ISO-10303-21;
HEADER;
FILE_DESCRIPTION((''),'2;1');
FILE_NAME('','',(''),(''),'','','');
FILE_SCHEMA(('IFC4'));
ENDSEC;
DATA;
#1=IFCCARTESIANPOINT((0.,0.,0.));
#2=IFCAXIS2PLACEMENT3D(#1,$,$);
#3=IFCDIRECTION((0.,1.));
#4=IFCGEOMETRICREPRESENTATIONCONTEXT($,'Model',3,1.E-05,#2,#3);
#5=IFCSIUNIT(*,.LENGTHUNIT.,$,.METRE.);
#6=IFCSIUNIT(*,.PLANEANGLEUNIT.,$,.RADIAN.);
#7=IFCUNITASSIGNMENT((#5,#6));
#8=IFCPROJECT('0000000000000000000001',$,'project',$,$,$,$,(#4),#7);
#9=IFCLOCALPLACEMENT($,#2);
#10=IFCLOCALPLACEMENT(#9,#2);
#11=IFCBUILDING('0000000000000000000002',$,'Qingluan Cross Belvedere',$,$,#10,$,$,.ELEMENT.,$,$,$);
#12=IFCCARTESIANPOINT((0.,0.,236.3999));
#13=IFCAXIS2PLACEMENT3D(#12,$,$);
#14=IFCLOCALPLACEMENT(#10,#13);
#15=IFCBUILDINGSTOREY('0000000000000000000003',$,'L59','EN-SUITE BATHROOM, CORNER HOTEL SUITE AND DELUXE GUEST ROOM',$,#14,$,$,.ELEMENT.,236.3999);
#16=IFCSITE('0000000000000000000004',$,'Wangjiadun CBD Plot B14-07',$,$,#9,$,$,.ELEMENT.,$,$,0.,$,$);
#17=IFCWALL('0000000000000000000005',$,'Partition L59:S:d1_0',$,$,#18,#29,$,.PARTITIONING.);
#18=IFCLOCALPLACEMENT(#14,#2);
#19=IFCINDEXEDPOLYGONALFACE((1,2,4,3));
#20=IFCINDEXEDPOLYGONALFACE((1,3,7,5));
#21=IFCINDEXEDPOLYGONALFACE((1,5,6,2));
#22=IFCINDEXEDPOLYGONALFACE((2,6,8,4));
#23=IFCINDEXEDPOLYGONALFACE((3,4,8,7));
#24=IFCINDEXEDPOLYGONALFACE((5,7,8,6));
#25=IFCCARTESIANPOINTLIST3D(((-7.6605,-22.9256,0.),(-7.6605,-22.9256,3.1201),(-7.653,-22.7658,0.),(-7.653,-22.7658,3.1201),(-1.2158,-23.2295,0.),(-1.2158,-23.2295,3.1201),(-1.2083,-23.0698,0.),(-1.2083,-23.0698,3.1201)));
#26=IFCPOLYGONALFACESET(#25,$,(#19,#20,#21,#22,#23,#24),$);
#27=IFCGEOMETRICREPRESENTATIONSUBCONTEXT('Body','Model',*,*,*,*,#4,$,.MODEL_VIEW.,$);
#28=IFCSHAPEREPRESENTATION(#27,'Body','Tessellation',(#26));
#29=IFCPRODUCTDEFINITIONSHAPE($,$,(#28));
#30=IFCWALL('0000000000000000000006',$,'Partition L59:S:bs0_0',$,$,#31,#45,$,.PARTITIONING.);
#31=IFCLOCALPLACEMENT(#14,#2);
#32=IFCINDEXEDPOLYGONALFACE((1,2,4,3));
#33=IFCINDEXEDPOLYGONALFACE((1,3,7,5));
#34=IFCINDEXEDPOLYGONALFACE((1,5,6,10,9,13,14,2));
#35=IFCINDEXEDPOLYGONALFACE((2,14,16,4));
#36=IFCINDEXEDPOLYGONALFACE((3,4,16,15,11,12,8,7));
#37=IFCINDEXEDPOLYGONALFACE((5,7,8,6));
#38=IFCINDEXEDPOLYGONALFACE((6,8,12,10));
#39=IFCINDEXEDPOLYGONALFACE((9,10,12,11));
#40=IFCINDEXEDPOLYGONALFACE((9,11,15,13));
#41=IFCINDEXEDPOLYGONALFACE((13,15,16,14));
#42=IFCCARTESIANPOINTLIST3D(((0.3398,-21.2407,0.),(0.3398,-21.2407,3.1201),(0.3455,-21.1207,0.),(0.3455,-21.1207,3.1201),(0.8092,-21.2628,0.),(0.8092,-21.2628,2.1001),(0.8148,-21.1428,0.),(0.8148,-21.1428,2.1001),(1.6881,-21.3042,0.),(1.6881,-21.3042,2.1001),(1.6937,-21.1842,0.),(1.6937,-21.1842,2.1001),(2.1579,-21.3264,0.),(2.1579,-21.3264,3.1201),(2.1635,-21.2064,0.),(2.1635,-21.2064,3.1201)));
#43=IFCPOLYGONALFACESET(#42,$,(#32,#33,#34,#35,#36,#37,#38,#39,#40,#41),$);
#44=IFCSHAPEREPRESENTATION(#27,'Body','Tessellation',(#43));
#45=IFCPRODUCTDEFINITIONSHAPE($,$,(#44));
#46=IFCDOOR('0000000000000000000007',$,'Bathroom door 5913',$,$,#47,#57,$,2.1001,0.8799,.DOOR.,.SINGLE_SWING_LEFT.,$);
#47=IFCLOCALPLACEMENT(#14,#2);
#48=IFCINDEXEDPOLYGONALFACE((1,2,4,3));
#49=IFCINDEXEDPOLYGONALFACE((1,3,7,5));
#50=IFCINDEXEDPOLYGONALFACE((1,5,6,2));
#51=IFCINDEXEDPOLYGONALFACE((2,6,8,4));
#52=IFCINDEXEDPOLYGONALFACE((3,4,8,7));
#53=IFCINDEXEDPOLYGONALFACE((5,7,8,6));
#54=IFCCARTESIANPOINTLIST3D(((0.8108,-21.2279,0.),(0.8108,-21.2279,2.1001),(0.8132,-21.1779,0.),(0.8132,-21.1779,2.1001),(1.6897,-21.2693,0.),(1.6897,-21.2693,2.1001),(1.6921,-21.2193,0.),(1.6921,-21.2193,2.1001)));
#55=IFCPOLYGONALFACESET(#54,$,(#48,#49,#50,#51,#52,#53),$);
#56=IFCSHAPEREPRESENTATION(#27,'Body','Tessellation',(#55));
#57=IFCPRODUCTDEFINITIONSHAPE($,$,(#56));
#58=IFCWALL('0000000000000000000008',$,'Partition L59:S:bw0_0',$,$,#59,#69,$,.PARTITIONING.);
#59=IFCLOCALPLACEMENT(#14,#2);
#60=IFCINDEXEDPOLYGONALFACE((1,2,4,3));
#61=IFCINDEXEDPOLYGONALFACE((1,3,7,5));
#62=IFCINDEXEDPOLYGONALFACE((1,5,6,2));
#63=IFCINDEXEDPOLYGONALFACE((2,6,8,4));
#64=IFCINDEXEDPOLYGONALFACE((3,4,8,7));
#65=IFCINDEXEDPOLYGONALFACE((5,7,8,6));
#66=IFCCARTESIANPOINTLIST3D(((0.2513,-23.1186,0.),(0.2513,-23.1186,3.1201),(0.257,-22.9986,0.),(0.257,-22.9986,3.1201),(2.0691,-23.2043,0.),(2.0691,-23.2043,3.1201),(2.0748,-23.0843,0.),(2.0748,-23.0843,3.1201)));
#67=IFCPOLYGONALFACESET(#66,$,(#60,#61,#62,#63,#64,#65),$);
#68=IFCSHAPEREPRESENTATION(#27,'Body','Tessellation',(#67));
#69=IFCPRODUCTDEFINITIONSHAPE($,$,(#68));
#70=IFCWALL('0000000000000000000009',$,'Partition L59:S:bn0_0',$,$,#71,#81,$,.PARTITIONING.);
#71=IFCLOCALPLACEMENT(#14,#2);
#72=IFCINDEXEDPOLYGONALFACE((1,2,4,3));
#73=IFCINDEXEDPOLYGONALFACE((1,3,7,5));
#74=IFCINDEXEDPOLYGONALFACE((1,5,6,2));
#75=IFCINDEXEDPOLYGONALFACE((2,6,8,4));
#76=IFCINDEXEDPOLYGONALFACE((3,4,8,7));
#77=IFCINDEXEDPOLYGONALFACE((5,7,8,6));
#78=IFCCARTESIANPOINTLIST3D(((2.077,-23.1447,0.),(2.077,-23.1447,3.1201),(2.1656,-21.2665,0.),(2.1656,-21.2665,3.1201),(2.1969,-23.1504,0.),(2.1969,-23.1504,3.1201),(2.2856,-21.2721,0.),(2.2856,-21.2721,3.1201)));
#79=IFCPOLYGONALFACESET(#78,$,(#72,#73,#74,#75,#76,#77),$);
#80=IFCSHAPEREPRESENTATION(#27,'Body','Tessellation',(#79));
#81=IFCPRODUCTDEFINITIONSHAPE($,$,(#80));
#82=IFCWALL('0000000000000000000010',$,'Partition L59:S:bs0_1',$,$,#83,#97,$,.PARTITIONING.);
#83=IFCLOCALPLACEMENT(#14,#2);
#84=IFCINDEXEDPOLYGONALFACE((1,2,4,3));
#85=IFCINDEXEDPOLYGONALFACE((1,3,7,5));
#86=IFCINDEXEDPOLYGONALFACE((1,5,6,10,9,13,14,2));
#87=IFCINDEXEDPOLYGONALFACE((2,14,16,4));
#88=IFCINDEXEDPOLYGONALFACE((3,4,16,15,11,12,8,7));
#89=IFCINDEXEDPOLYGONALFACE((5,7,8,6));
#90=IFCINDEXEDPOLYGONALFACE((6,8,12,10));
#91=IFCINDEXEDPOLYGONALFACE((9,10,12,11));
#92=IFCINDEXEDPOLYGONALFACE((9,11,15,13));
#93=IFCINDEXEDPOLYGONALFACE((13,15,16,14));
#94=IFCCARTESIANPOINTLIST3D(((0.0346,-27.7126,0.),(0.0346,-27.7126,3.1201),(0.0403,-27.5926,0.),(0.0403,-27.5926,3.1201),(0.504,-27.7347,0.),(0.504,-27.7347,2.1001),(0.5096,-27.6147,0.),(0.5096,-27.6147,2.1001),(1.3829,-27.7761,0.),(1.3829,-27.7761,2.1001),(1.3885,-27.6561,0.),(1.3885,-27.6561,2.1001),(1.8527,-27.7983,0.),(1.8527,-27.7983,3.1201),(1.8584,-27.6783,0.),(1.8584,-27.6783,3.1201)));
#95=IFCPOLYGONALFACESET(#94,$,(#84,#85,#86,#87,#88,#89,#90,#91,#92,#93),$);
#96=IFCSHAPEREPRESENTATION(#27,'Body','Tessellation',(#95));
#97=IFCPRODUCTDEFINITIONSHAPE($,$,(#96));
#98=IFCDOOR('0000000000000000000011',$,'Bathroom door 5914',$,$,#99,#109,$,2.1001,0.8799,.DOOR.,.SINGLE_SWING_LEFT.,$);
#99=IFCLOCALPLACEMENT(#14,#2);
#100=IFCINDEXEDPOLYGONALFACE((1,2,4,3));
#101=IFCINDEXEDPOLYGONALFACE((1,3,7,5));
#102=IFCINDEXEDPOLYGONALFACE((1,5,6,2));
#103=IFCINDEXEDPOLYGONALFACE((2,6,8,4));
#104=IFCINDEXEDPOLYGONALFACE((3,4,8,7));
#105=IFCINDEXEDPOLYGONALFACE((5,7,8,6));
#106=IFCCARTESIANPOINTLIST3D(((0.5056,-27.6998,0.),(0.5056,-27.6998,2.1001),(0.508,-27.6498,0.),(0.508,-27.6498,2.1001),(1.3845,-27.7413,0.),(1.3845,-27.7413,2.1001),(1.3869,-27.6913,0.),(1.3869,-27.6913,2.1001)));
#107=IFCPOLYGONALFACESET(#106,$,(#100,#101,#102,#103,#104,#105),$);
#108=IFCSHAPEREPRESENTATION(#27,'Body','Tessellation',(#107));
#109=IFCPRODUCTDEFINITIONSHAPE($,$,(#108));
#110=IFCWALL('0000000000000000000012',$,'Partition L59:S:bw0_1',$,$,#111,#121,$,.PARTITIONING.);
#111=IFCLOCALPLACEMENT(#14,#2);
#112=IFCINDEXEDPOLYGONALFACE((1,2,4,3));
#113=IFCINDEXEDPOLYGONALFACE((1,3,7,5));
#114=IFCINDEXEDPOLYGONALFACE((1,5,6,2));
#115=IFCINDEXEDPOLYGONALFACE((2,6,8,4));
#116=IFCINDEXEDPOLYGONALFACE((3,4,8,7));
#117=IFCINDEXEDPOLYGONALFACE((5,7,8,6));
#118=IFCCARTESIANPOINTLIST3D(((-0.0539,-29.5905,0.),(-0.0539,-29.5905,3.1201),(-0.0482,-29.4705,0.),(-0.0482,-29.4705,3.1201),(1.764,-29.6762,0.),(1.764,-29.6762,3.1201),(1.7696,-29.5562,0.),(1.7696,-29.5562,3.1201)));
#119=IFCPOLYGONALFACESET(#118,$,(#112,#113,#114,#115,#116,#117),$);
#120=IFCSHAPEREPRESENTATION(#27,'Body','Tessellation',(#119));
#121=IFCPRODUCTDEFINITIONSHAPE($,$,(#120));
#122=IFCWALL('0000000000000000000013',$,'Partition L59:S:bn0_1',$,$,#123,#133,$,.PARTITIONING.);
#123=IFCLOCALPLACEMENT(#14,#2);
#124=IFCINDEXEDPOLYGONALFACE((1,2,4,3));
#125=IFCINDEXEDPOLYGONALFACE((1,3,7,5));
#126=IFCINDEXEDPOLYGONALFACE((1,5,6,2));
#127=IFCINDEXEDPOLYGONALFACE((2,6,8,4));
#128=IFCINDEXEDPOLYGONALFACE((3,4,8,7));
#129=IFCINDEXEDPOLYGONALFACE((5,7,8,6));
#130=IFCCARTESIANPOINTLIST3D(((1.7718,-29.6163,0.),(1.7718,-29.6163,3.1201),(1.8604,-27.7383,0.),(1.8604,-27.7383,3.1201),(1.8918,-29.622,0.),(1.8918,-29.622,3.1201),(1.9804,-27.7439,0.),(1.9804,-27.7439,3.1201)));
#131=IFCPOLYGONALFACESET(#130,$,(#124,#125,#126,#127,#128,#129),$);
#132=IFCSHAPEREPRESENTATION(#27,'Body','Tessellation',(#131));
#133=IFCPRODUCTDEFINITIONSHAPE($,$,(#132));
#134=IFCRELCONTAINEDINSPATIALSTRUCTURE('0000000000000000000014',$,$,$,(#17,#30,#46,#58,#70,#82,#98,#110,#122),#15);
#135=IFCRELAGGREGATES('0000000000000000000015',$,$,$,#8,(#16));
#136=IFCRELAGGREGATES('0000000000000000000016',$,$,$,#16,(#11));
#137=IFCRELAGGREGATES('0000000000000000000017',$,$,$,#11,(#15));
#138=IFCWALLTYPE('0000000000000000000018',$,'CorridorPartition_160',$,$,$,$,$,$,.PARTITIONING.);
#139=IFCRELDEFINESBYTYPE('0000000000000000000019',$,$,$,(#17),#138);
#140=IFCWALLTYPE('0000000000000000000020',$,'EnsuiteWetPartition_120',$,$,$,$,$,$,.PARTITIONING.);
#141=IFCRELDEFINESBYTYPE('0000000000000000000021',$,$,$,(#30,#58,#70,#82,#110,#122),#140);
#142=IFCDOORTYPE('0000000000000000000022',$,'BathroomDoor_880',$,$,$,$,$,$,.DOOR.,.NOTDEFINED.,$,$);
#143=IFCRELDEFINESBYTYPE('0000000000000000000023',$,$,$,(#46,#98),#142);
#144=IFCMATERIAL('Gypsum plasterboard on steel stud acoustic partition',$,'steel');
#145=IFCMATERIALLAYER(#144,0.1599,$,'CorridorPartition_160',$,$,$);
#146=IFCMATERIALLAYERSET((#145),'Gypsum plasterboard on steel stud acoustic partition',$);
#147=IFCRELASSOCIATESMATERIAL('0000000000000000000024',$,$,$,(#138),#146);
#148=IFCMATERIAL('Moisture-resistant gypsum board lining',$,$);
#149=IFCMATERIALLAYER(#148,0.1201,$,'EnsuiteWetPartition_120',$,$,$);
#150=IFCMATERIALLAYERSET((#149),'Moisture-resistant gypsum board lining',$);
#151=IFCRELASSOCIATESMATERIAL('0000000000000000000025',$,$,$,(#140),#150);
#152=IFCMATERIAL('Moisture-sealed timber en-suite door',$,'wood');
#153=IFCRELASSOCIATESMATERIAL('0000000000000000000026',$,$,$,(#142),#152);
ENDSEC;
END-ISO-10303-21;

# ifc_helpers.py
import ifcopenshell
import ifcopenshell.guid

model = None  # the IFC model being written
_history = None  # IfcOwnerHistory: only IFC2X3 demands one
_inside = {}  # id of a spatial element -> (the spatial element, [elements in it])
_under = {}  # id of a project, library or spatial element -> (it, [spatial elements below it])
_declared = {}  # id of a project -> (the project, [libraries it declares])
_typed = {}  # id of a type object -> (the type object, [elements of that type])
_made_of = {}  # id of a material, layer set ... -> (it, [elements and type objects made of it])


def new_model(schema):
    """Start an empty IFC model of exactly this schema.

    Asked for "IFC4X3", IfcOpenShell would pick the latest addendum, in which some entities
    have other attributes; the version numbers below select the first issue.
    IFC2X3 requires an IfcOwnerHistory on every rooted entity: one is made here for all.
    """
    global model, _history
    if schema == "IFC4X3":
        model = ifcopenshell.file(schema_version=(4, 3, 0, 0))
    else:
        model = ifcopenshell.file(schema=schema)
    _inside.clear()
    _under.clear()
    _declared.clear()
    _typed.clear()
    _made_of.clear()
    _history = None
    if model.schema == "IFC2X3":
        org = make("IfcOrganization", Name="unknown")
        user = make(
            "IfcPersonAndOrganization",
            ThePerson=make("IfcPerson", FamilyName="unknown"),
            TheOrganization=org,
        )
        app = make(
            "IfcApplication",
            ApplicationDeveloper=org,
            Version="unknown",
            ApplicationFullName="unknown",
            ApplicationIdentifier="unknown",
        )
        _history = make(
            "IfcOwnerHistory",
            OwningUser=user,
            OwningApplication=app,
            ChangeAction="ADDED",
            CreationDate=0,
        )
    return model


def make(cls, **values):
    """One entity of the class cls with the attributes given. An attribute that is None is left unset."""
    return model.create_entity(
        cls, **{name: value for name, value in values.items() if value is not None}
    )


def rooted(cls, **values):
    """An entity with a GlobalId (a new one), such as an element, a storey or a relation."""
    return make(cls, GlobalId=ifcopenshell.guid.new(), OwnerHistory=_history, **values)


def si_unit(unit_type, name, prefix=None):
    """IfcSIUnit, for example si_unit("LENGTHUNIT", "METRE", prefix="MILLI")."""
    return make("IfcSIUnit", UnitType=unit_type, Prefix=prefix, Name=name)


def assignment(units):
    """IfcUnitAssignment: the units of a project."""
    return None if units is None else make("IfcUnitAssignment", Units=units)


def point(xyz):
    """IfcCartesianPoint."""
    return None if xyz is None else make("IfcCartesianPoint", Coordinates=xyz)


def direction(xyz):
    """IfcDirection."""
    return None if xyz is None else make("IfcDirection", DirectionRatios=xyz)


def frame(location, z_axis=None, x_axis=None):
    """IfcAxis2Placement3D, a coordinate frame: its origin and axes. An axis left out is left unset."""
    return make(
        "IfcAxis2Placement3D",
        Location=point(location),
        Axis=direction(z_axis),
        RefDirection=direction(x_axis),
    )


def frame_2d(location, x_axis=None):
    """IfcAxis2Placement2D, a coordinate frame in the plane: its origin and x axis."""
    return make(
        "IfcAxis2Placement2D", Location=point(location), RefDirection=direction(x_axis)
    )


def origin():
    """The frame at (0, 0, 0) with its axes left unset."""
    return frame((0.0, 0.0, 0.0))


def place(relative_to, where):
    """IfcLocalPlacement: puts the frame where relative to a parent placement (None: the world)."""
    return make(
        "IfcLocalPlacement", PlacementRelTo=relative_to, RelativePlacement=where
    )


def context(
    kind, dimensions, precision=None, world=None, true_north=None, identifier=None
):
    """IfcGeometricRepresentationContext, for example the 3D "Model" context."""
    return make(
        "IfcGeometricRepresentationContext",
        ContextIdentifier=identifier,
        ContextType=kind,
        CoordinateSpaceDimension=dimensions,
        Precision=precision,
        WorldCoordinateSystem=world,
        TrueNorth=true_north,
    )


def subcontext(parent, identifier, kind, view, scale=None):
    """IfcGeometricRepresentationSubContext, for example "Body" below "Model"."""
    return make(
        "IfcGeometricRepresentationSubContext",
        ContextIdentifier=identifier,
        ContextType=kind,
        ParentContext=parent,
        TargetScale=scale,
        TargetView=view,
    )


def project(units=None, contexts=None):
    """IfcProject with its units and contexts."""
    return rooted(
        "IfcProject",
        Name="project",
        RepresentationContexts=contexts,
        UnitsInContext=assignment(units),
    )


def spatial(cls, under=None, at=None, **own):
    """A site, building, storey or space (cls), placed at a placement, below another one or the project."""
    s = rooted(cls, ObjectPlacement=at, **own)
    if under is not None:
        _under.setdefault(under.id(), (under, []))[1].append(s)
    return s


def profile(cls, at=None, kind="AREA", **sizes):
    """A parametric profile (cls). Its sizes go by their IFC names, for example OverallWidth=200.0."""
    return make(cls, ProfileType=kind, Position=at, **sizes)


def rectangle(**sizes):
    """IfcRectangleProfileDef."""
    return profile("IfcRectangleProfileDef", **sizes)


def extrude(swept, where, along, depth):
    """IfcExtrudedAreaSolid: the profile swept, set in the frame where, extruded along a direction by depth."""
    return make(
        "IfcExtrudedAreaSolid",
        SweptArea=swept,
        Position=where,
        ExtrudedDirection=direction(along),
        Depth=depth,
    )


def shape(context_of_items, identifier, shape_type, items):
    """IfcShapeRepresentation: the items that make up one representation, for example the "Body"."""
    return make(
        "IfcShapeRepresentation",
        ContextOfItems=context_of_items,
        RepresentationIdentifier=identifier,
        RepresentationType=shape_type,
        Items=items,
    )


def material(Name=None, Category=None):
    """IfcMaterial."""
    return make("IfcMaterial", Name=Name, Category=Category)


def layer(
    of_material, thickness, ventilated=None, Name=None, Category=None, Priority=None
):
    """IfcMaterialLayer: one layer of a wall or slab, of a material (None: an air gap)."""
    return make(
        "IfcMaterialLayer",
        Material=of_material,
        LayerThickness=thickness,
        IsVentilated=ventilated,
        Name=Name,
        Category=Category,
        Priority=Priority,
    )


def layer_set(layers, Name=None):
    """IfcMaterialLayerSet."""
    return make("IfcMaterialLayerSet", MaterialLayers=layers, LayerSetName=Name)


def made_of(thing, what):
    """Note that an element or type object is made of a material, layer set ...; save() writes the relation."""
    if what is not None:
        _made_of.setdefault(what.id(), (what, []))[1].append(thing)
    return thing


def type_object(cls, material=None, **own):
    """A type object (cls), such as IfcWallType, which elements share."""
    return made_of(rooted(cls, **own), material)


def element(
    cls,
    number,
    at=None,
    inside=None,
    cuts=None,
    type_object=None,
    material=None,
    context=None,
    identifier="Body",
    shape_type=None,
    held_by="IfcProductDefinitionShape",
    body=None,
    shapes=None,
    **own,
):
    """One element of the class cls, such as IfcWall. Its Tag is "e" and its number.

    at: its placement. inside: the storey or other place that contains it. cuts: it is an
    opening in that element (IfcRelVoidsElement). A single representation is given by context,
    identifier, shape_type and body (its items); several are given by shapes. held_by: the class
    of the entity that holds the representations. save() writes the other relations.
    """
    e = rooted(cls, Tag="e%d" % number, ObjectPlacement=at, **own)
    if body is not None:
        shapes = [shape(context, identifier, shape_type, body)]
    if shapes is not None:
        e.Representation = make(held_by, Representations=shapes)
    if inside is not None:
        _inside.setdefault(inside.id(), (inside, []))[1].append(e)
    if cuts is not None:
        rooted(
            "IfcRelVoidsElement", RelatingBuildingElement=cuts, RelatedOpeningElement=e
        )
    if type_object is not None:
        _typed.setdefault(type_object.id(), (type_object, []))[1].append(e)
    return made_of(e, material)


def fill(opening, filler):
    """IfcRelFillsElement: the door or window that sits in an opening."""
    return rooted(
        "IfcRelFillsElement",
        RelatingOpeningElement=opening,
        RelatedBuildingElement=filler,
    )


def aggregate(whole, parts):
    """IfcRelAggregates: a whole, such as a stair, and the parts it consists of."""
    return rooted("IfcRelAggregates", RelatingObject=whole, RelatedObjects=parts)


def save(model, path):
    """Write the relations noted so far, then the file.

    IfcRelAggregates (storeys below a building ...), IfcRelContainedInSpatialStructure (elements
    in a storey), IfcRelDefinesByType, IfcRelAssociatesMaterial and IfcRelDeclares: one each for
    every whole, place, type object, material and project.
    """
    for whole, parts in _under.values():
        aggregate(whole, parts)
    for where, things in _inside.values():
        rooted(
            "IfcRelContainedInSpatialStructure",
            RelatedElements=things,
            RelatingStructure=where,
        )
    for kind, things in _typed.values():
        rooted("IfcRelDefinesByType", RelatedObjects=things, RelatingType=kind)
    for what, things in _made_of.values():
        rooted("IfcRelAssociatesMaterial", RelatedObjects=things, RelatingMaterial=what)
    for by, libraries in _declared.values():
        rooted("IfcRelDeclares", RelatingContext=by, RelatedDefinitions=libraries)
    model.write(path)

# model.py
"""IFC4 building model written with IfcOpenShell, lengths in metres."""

from ifc_helpers import new_model, si_unit, direction, frame, frame_2d, origin, place, context, subcontext, project, spatial, rectangle, extrude, material, layer, layer_set, type_object, element, fill, save


model = new_model("IFC4")

# Units and contexts
model_context = context("Model", 3, precision=1e-05, world=origin(), true_north=direction((0.0, 1.0)))
body_context = subcontext(model_context, "Body", "Model", "MODEL_VIEW")
ifc_project = project(units=[si_unit("LENGTHUNIT", "METRE"), si_unit("PLANEANGLEUNIT", "RADIAN")], contexts=[model_context])

# Site, building, storey
site_placement = place(None, origin())
site = spatial("IfcSite", under=ifc_project, at=site_placement, Name="Wangjiadun CBD Plot B14-07", CompositionType="ELEMENT", RefElevation=0.0)
building_placement = place(site_placement, origin())
building = spatial("IfcBuilding", under=site, at=building_placement, Name="Qingluan Cross Belvedere", CompositionType="ELEMENT")
storey_placement = place(building_placement, frame((0.0, 0.0, 236.3999)))
storey = spatial("IfcBuildingStorey", under=building, at=storey_placement, Name="L59", Description="EN-SUITE BATHROOM, CORNER HOTEL SUITE AND DELUXE GUEST ROOM", CompositionType="ELEMENT", Elevation=236.3999)

# Shared definitions
ifc_material_1 = material(Name="Gypsum plasterboard on steel stud acoustic partition", Category="steel")
ifc_layer_1 = layer(ifc_material_1, 0.1599, Name="CorridorPartition_160")
ifc_layer_set_1 = layer_set([ifc_layer_1], Name="Gypsum plasterboard on steel stud acoustic partition")
wall_type_1 = type_object("IfcWallType", Name="CorridorPartition_160", PredefinedType="PARTITIONING", material=ifc_layer_set_1)

# Wall
wall_1_placement = place(storey_placement, frame((-1.2119, -23.1497, 0.0), z_axis=(0.0, 0.0, 1.0), x_axis=(-0.99889, 0.04711, 0.0)))
element("IfcWall", 1, at=wall_1_placement, inside=storey, type_object=wall_type_1, Name="Partition L59:S:d1_0", PredefinedType="PARTITIONING", context=body_context, shape_type="SweptSolid", body=[
    extrude(rectangle(XDim=6.4519, YDim=0.1599, at=frame_2d((3.2261, 0.0))), origin(), (0.0, 0.0, 1.0), 3.1201),
])

# Wall, opening, door
ifc_material_2 = material(Name="Moisture-resistant gypsum board lining")
ifc_layer_2 = layer(ifc_material_2, 0.1201, Name="EnsuiteWetPartition_120")
ifc_layer_set_2 = layer_set([ifc_layer_2], Name="Moisture-resistant gypsum board lining")
wall_type_2 = type_object("IfcWallType", Name="EnsuiteWetPartition_120", PredefinedType="PARTITIONING", material=ifc_layer_set_2)
wall_2_placement = place(storey_placement, frame((0.3425, -21.1807, 0.0), z_axis=(0.0, 0.0, 1.0), x_axis=(0.998891, -0.047081, 0.0)))
wall_2 = element("IfcWall", 2, at=wall_2_placement, inside=storey, type_object=wall_type_2, Name="Partition L59:S:bs0_0", PredefinedType="PARTITIONING", context=body_context, shape_type="SweptSolid", body=[
    extrude(rectangle(XDim=1.8201, YDim=0.1201, at=frame_2d((0.9102, 0.0))), origin(), (0.0, 0.0, 1.0), 3.1201),
])
opening_1_placement = place(wall_2_placement, frame((0.47, 0.0, 0.0)))
opening_1 = element("IfcOpeningElement", 3, at=opening_1_placement, cuts=wall_2, PredefinedType="OPENING", context=body_context, shape_type="SweptSolid", body=[
    extrude(rectangle(XDim=0.8799, YDim=2.1001, at=frame_2d((0.4399, 1.05))), frame((0.0, 0.0701, 0.0), z_axis=(0.0, -1.0, 0.0), x_axis=(1.0, 0.0, 0.0)), (0.0, 0.0, 1.0), 0.1401),
])
ifc_material_3 = material(Name="Moisture-sealed timber en-suite door", Category="wood")
door_type_1 = type_object("IfcDoorType", Name="BathroomDoor_880", OperationType="NOTDEFINED", PredefinedType="DOOR", material=ifc_material_3)
door_1_placement = place(opening_1_placement, origin())
door_1 = element("IfcDoor", 4, at=door_1_placement, inside=storey, type_object=door_type_1, Name="Bathroom door 5913", OperationType="SINGLE_SWING_LEFT", OverallHeight=2.1001, OverallWidth=0.8799, PredefinedType="DOOR", context=body_context, shape_type="SweptSolid", body=[
    extrude(rectangle(XDim=0.8799, YDim=2.1001, at=frame_2d((0.4399, 1.05))), frame((0.0, 0.0249, 0.0), z_axis=(0.0, -1.0, 0.0), x_axis=(1.0, 0.0, 0.0)), (0.0, 0.0, 1.0), 0.05),
])
fill(opening_1, door_1)

# Walls
wall_3_placement = place(storey_placement, frame((0.2542, -23.0586, 0.0), z_axis=(0.0, 0.0, 1.0), x_axis=(0.998891, -0.047087, 0.0)))
element("IfcWall", 5, at=wall_3_placement, inside=storey, type_object=wall_type_2, Name="Partition L59:S:bw0_0", PredefinedType="PARTITIONING", context=body_context, shape_type="SweptSolid", body=[
    extrude(rectangle(XDim=1.8198, YDim=0.1201, at=frame_2d((0.9099, 0.0))), origin(), (0.0, 0.0, 1.0), 3.1201),
])
wall_4_placement = place(storey_placement, frame((2.2256, -21.2693, 0.0), z_axis=(0.0, 0.0, 1.0), x_axis=(-0.047133, -0.998889, 0.0)))
element("IfcWall", 6, at=wall_4_placement, inside=storey, type_object=wall_type_2, Name="Partition L59:S:bn0_0", PredefinedType="PARTITIONING", context=body_context, shape_type="SweptSolid", body=[
    extrude(rectangle(XDim=1.8804, YDim=0.1201, at=frame_2d((0.9402, 0.0))), origin(), (0.0, 0.0, 1.0), 3.1201),
])

# Wall, opening, door
wall_5_placement = place(storey_placement, frame((0.0374, -27.6526, 0.0), z_axis=(0.0, 0.0, 1.0), x_axis=(0.998891, -0.047081, 0.0)))
wall_5 = element("IfcWall", 7, at=wall_5_placement, inside=storey, type_object=wall_type_2, Name="Partition L59:S:bs0_1", PredefinedType="PARTITIONING", context=body_context, shape_type="SweptSolid", body=[
    extrude(rectangle(XDim=1.8201, YDim=0.1201, at=frame_2d((0.9102, 0.0))), origin(), (0.0, 0.0, 1.0), 3.1201),
])
opening_2_placement = place(wall_5_placement, frame((0.47, 0.0, 0.0)))
opening_2 = element("IfcOpeningElement", 8, at=opening_2_placement, cuts=wall_5, PredefinedType="OPENING", context=body_context, shape_type="SweptSolid", body=[
    extrude(rectangle(XDim=0.8799, YDim=2.1001, at=frame_2d((0.4399, 1.05))), frame((0.0, 0.0701, 0.0), z_axis=(0.0, -1.0, 0.0), x_axis=(1.0, 0.0, 0.0)), (0.0, 0.0, 1.0), 0.1401),
])
door_2_placement = place(opening_2_placement, origin())
door_2 = element("IfcDoor", 9, at=door_2_placement, inside=storey, type_object=door_type_1, Name="Bathroom door 5914", OperationType="SINGLE_SWING_LEFT", OverallHeight=2.1001, OverallWidth=0.8799, PredefinedType="DOOR", context=body_context, shape_type="SweptSolid", body=[
    extrude(rectangle(XDim=0.8799, YDim=2.1001, at=frame_2d((0.4399, 1.05))), frame((0.0, 0.0249, 0.0), z_axis=(0.0, -1.0, 0.0), x_axis=(1.0, 0.0, 0.0)), (0.0, 0.0, 1.0), 0.05),
])
fill(opening_2, door_2)

# Walls
wall_6_placement = place(storey_placement, frame((-0.051, -29.5305, 0.0), z_axis=(0.0, 0.0, 1.0), x_axis=(0.998891, -0.047087, 0.0)))
element("IfcWall", 10, at=wall_6_placement, inside=storey, type_object=wall_type_2, Name="Partition L59:S:bw0_1", PredefinedType="PARTITIONING", context=body_context, shape_type="SweptSolid", body=[
    extrude(rectangle(XDim=1.8198, YDim=0.1201, at=frame_2d((0.9099, 0.0))), origin(), (0.0, 0.0, 1.0), 3.1201),
])
wall_7_placement = place(storey_placement, frame((1.9204, -27.7412, 0.0), z_axis=(0.0, 0.0, 1.0), x_axis=(-0.047139, -0.998888, 0.0)))
element("IfcWall", 11, at=wall_7_placement, inside=storey, type_object=wall_type_2, Name="Partition L59:S:bn0_1", PredefinedType="PARTITIONING", context=body_context, shape_type="SweptSolid", body=[
    extrude(rectangle(XDim=1.8801, YDim=0.1201, at=frame_2d((0.9399, 0.0))), origin(), (0.0, 0.0, 1.0), 3.1201),
])

save(model, "model.ifc")
